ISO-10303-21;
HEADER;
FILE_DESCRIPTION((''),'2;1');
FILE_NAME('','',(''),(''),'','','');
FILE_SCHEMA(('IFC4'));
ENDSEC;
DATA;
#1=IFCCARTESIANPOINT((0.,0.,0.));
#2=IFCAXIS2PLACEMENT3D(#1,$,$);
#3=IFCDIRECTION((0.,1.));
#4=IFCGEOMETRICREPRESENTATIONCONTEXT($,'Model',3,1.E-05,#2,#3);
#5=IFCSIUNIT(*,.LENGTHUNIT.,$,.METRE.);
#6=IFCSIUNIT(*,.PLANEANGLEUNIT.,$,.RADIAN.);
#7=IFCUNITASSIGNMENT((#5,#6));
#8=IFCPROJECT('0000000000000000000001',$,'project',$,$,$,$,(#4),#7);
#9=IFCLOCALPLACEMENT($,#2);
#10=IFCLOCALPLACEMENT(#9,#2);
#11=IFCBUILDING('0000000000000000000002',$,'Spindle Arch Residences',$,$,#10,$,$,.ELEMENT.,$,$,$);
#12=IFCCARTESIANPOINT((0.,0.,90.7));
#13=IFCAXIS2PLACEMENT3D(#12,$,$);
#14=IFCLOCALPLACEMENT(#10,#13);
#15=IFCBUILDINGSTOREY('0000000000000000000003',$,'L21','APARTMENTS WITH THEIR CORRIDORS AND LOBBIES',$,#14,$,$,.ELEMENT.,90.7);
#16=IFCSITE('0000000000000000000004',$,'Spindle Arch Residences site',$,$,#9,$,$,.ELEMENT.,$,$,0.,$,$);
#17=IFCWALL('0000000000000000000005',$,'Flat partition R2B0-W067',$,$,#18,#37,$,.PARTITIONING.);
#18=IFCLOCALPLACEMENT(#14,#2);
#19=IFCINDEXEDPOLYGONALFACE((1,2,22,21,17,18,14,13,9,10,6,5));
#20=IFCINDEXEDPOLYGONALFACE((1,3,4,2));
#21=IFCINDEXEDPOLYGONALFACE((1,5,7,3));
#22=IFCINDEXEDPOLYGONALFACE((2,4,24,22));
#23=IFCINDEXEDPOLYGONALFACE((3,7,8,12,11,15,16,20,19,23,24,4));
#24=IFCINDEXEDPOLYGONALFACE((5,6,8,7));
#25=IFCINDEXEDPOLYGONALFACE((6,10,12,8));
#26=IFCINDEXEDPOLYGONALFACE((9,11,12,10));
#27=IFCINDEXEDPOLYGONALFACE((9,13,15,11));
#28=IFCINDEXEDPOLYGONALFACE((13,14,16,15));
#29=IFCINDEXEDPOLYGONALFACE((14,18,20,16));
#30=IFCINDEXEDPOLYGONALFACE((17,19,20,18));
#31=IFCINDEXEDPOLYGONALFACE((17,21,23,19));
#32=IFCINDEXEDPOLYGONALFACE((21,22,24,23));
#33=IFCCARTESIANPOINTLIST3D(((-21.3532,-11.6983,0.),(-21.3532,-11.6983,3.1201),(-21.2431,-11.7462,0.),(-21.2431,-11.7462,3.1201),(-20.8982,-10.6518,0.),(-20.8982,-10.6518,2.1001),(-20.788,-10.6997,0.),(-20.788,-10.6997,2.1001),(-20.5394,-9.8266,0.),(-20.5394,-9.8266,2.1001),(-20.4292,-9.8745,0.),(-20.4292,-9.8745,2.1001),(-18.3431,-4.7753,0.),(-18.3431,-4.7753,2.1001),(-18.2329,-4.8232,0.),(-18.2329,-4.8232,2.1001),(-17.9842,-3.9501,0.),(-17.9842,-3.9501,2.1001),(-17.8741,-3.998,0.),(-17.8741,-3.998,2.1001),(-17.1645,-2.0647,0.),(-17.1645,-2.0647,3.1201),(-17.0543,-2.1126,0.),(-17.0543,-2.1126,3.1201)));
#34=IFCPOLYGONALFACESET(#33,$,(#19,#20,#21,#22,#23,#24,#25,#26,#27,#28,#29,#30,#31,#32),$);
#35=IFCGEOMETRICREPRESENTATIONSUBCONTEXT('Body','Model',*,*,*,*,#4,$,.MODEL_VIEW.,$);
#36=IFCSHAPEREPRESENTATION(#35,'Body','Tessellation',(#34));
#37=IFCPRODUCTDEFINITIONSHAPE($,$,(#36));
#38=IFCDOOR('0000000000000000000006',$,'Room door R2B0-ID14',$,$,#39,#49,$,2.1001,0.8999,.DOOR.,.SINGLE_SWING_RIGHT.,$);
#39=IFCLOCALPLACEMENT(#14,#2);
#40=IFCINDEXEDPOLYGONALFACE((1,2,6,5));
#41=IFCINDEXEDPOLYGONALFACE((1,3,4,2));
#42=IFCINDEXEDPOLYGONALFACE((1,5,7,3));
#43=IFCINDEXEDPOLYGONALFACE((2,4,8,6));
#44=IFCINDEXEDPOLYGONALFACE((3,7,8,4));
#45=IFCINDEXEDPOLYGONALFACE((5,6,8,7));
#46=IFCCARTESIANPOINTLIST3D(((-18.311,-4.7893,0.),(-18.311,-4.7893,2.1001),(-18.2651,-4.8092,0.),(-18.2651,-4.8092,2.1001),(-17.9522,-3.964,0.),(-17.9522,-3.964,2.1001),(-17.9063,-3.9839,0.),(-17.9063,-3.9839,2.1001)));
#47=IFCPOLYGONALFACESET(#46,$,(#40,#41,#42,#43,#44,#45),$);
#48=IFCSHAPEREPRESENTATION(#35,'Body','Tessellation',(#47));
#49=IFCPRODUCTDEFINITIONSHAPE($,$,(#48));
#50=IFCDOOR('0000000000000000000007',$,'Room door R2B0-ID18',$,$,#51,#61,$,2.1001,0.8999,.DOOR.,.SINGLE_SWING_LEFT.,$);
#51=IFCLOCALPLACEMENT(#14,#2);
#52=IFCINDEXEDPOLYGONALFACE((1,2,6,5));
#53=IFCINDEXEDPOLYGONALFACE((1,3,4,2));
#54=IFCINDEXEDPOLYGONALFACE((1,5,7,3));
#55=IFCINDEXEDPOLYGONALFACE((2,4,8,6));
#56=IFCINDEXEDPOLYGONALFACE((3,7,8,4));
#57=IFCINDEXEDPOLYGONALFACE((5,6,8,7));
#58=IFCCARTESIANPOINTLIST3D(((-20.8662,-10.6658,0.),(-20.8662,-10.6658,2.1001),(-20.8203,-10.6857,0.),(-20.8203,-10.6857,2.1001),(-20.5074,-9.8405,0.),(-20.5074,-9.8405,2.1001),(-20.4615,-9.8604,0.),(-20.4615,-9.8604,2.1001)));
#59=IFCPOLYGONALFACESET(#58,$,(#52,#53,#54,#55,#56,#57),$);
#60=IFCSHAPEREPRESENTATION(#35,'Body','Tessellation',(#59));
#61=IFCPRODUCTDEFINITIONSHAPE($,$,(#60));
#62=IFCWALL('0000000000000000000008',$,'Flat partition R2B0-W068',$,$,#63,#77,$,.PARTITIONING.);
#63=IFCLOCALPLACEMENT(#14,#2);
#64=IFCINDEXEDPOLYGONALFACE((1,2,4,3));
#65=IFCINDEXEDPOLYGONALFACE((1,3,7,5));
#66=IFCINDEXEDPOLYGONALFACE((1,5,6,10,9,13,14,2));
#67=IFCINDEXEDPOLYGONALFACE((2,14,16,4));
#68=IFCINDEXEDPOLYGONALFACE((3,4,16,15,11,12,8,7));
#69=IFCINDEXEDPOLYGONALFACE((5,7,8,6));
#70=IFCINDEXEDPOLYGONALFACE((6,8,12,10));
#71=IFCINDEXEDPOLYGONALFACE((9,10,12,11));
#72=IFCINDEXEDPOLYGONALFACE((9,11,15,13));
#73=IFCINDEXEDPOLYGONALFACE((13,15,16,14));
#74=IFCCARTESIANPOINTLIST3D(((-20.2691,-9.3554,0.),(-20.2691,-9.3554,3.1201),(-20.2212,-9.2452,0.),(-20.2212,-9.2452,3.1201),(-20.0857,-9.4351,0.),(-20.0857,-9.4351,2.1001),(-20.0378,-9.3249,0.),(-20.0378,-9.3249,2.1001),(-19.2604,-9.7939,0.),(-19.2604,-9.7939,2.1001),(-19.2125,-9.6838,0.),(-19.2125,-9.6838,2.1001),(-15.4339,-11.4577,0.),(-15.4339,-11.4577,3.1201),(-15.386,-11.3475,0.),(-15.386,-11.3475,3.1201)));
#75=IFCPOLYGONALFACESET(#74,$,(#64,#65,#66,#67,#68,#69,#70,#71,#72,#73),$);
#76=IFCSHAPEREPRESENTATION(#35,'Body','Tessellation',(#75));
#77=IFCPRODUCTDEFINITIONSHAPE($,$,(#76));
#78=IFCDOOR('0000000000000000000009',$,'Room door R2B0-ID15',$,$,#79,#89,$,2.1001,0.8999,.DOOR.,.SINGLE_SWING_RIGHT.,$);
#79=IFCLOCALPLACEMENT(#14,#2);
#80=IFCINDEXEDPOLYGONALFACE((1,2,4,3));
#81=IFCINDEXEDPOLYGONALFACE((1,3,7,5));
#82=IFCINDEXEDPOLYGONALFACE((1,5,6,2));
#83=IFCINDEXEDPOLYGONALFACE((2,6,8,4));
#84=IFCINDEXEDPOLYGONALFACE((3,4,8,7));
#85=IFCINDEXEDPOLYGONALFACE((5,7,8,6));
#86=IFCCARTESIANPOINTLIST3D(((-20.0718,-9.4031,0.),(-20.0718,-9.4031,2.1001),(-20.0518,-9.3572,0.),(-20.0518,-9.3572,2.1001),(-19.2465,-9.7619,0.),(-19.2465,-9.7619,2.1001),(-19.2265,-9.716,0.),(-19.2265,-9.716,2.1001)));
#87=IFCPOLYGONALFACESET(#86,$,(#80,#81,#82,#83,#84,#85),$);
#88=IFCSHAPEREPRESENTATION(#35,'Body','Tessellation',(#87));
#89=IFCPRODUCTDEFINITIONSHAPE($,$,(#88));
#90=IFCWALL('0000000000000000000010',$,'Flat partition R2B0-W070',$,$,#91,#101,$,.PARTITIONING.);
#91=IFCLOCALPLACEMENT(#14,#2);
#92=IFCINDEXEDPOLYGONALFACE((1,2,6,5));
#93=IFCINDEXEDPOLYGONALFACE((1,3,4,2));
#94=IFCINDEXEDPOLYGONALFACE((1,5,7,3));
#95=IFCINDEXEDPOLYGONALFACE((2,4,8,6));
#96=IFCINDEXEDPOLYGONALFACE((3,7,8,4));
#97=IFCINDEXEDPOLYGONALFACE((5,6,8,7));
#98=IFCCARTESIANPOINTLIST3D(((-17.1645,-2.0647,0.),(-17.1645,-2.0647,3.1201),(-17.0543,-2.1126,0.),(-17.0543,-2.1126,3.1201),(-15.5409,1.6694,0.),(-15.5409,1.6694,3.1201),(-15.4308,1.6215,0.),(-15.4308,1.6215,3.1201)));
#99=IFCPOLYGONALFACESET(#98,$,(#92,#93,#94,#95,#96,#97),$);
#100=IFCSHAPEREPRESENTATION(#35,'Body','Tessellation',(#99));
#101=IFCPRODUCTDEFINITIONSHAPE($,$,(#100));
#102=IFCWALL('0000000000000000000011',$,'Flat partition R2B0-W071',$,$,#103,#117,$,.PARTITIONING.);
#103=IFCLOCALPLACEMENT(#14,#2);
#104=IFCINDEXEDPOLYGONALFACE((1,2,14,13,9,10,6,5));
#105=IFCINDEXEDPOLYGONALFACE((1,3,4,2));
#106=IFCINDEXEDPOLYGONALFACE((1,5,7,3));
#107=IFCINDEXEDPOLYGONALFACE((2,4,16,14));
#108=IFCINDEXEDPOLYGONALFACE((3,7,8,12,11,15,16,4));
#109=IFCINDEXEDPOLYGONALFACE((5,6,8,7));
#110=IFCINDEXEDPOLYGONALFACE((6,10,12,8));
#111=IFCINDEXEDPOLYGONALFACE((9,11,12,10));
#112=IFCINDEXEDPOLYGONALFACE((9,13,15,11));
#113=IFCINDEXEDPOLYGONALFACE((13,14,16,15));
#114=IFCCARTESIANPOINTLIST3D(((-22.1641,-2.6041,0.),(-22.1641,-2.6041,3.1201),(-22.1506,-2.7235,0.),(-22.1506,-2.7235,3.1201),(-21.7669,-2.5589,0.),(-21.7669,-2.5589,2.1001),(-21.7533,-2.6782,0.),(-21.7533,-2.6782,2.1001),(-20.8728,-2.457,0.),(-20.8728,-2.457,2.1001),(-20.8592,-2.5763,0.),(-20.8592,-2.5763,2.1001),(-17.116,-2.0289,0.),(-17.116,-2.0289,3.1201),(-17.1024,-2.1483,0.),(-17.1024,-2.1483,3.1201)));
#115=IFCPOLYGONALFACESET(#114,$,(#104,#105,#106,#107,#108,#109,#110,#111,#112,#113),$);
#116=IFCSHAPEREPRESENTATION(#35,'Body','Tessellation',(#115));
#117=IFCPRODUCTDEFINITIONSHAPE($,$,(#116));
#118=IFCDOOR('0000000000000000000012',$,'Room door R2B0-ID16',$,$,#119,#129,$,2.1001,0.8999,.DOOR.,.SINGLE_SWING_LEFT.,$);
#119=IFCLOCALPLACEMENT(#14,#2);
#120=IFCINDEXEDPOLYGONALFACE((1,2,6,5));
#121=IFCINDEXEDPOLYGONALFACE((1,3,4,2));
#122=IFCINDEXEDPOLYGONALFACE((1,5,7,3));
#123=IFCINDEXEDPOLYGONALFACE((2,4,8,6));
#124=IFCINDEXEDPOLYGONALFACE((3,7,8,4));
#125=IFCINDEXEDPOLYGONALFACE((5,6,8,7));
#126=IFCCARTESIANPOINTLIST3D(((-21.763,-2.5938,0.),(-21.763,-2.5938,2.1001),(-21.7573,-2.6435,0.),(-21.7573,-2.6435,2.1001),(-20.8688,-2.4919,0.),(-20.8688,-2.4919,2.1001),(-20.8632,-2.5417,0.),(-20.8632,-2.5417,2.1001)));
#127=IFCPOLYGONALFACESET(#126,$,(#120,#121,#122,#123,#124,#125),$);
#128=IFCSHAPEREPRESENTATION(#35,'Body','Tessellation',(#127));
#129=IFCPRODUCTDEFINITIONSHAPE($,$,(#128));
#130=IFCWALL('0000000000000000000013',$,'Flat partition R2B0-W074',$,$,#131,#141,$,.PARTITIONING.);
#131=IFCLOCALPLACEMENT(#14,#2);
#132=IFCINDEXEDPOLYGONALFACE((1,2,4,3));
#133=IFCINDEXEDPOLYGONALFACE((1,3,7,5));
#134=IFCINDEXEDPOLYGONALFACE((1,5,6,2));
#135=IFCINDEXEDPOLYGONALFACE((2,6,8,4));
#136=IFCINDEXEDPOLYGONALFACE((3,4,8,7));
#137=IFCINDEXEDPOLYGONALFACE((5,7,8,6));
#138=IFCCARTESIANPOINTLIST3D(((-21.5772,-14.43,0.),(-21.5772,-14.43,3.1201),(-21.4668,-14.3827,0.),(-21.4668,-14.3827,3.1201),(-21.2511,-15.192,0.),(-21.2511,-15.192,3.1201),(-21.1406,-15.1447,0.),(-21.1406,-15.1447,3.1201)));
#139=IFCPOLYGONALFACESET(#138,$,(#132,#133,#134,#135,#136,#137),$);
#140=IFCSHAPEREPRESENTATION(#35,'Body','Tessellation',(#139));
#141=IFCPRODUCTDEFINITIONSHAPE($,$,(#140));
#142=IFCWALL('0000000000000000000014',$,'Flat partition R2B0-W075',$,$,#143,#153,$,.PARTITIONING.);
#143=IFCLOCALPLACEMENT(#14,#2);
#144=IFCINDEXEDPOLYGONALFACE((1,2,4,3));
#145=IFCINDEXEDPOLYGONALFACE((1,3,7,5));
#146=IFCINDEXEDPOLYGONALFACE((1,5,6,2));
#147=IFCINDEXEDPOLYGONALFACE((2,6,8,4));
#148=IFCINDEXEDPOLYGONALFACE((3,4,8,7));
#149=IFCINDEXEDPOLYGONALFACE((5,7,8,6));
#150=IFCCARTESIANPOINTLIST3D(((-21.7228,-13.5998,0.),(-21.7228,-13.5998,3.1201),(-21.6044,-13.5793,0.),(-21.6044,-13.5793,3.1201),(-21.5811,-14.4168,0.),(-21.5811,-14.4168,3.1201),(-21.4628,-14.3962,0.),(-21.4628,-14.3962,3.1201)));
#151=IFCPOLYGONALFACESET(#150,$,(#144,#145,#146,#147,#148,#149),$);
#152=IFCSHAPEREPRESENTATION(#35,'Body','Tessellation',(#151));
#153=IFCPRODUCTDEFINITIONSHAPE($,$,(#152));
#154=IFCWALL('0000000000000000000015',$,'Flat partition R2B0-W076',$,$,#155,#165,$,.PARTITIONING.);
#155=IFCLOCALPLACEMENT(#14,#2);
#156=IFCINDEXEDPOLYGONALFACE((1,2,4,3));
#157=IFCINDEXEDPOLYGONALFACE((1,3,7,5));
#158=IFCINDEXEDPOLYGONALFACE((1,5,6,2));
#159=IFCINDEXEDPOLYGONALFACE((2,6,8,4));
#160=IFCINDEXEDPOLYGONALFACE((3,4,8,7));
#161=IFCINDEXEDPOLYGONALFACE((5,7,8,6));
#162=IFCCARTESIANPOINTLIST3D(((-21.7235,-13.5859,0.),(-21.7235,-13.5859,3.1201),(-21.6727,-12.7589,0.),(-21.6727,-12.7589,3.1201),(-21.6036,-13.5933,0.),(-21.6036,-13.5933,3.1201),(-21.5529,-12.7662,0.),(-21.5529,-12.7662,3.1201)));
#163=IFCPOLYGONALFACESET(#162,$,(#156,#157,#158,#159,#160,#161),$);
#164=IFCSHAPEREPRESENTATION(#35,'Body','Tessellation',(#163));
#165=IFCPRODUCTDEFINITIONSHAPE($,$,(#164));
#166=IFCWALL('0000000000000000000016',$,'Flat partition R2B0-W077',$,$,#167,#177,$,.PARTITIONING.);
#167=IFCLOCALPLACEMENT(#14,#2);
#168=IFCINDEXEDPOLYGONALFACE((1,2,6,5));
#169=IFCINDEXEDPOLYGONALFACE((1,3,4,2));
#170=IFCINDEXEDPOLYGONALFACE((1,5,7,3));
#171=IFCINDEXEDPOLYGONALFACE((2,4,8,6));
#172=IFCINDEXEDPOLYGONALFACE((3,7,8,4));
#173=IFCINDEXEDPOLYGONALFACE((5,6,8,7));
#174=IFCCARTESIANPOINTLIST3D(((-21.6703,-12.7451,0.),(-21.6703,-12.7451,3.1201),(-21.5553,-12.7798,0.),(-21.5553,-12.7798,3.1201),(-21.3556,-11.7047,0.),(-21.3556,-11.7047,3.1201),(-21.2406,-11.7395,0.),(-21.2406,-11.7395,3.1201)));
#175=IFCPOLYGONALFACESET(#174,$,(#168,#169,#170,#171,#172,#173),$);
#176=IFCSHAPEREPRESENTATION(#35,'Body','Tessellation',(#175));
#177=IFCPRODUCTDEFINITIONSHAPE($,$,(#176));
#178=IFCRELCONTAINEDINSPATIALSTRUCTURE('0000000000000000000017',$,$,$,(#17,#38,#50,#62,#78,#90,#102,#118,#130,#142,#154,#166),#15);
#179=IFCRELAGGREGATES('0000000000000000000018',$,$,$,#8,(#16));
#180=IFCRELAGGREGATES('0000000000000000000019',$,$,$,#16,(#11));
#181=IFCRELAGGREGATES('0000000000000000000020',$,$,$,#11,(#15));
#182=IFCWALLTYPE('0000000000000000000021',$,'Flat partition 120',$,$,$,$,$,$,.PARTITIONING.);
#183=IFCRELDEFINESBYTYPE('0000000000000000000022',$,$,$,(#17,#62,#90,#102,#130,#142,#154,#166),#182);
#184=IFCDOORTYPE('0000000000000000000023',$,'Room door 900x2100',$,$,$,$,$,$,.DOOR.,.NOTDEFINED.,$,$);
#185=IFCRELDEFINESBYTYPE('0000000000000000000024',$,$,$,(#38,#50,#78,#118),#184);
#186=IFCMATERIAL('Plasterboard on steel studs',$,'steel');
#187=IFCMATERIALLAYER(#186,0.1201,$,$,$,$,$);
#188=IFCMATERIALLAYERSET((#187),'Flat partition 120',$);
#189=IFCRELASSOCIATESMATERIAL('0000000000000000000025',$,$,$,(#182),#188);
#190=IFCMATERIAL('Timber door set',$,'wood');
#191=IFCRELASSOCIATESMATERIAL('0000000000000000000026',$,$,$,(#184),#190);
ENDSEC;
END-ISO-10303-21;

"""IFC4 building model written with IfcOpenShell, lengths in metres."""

from ifc_helpers import new_model, si_unit, direction, frame, frame_2d, origin, place, context, subcontext, project, spatial, rectangle, extrude, material, layer, layer_set, type_object, element, fill, save


model = new_model("IFC4")

# Units and contexts
model_context = context("Model", 3, precision=1e-05, world=origin(), true_north=direction((0.0, 1.0)))
body_context = subcontext(model_context, "Body", "Model", "MODEL_VIEW")
ifc_project = project(units=[si_unit("LENGTHUNIT", "METRE"), si_unit("PLANEANGLEUNIT", "RADIAN")], contexts=[model_context])

# Site, building, storey
site_placement = place(None, origin())
site = spatial("IfcSite", under=ifc_project, at=site_placement, Name="Spindle Arch Residences site", CompositionType="ELEMENT", RefElevation=0.0)
building_placement = place(site_placement, origin())
building = spatial("IfcBuilding", under=site, at=building_placement, Name="Spindle Arch Residences", CompositionType="ELEMENT")
storey_placement = place(building_placement, frame((0.0, 0.0, 90.7)))
storey = spatial("IfcBuildingStorey", under=building, at=storey_placement, Name="L21", Description="APARTMENTS WITH THEIR CORRIDORS AND LOBBIES", CompositionType="ELEMENT", Elevation=90.7)

# Wall, openings, doors
ifc_material_1 = material(Name="Plasterboard on steel studs", Category="steel")
ifc_layer_1 = layer(ifc_material_1, 0.1201)
ifc_layer_set_1 = layer_set([ifc_layer_1], Name="Flat partition 120")
wall_type_1 = type_object("IfcWallType", Name="Flat partition 120", PredefinedType="PARTITIONING", material=ifc_layer_set_1)
wall_1_placement = place(storey_placement, frame((-17.1094, -2.0886, 0.0), z_axis=(0.0, 0.0, 1.0), x_axis=(-0.398744, -0.917062, 0.0)))
wall_1 = element("IfcWall", 1, at=wall_1_placement, inside=storey, type_object=wall_type_1, Name="Flat partition R2B0-W067", PredefinedType="PARTITIONING", context=body_context, shape_type="SweptSolid", body=[
    extrude(rectangle(XDim=10.5049, YDim=0.1201, at=frame_2d((5.2524, 0.0))), origin(), (0.0, 0.0, 1.0), 3.1201),
])
opening_1_placement = place(wall_1_placement, frame((2.0559, 0.0, 0.0)))
opening_1 = element("IfcOpeningElement", 2, at=opening_1_placement, cuts=wall_1, PredefinedType="OPENING", context=body_context, shape_type="SweptSolid", body=[
    extrude(rectangle(XDim=0.8999, YDim=2.1001, at=frame_2d((0.45, 1.05))), frame((0.0, 0.0701, 0.0), z_axis=(0.0, -1.0, 0.0), x_axis=(1.0, 0.0, 0.0)), (0.0, 0.0, 1.0), 0.1401),
])
opening_2_placement = place(wall_1_placement, frame((8.4639, 0.0, 0.0)))
opening_2 = element("IfcOpeningElement", 3, at=opening_2_placement, cuts=wall_1, PredefinedType="OPENING", context=body_context, shape_type="SweptSolid", body=[
    extrude(rectangle(XDim=0.8999, YDim=2.1001, at=frame_2d((0.45, 1.05))), frame((0.0, 0.0701, 0.0), z_axis=(0.0, -1.0, 0.0), x_axis=(1.0, 0.0, 0.0)), (0.0, 0.0, 1.0), 0.1401),
])
ifc_material_2 = material(Name="Timber door set", Category="wood")
door_type = type_object("IfcDoorType", Name="Room door 900x2100", OperationType="NOTDEFINED", PredefinedType="DOOR", material=ifc_material_2)
door_1_placement = place(opening_1_placement, origin())
door_1 = element("IfcDoor", 4, at=door_1_placement, inside=storey, type_object=door_type, Name="Room door R2B0-ID14", OperationType="SINGLE_SWING_RIGHT", OverallHeight=2.1001, OverallWidth=0.8999, PredefinedType="DOOR", context=body_context, shape_type="SweptSolid", body=[
    extrude(rectangle(XDim=0.8999, YDim=2.1001, at=frame_2d((0.45, 1.05))), frame((0.0, 0.0249, 0.0), z_axis=(0.0, -1.0, 0.0), x_axis=(1.0, 0.0, 0.0)), (0.0, 0.0, 1.0), 0.05),
])
fill(opening_1, door_1)
door_2_placement = place(opening_2_placement, origin())
door_2 = element("IfcDoor", 5, at=door_2_placement, inside=storey, type_object=door_type, Name="Room door R2B0-ID18", OperationType="SINGLE_SWING_LEFT", OverallHeight=2.1001, OverallWidth=0.8999, PredefinedType="DOOR", context=body_context, shape_type="SweptSolid", body=[
    extrude(rectangle(XDim=0.8999, YDim=2.1001, at=frame_2d((0.45, 1.05))), frame((0.0, 0.0249, 0.0), z_axis=(0.0, -1.0, 0.0), x_axis=(1.0, 0.0, 0.0)), (0.0, 0.0, 1.0), 0.05),
])
fill(opening_2, door_2)

# Wall, opening, door
wall_2_placement = place(storey_placement, frame((-20.2451, -9.3003, 0.0), z_axis=(0.0, 0.0, 1.0), x_axis=(0.917068, -0.398731, 0.0)))
wall_2 = element("IfcWall", 6, at=wall_2_placement, inside=storey, type_object=wall_type_1, Name="Flat partition R2B0-W068", PredefinedType="PARTITIONING", context=body_context, shape_type="SweptSolid", body=[
    extrude(rectangle(XDim=5.2725, YDim=0.1201, at=frame_2d((2.6362, 0.0))), origin(), (0.0, 0.0, 1.0), 3.1201),
])
opening_3_placement = place(wall_2_placement, frame((0.2, 0.0, 0.0)))
opening_3 = element("IfcOpeningElement", 7, at=opening_3_placement, cuts=wall_2, PredefinedType="OPENING", context=body_context, shape_type="SweptSolid", body=[
    extrude(rectangle(XDim=0.8999, YDim=2.1001, at=frame_2d((0.45, 1.05))), frame((0.0, 0.0701, 0.0), z_axis=(0.0, -1.0, 0.0), x_axis=(1.0, 0.0, 0.0)), (0.0, 0.0, 1.0), 0.1401),
])
door_3_placement = place(opening_3_placement, origin())
door_3 = element("IfcDoor", 8, at=door_3_placement, inside=storey, type_object=door_type, Name="Room door R2B0-ID15", OperationType="SINGLE_SWING_RIGHT", OverallHeight=2.1001, OverallWidth=0.8999, PredefinedType="DOOR", context=body_context, shape_type="SweptSolid", body=[
    extrude(rectangle(XDim=0.8999, YDim=2.1001, at=frame_2d((0.45, 1.05))), frame((0.0, 0.0249, 0.0), z_axis=(0.0, -1.0, 0.0), x_axis=(1.0, 0.0, 0.0)), (0.0, 0.0, 1.0), 0.05),
])
fill(opening_3, door_3)

# Wall
wall_3_placement = place(storey_placement, frame((-17.1094, -2.0886, 0.0), z_axis=(0.0, 0.0, 1.0), x_axis=(0.398726, 0.91707, 0.0)))
element("IfcWall", 9, at=wall_3_placement, inside=storey, type_object=wall_type_1, Name="Flat partition R2B0-W070", PredefinedType="PARTITIONING", context=body_context, shape_type="SweptSolid", body=[
    extrude(rectangle(XDim=4.0718, YDim=0.1201, at=frame_2d((2.0359, 0.0))), origin(), (0.0, 0.0, 1.0), 3.1201),
])

# Wall, opening, door
wall_4_placement = place(storey_placement, frame((-22.1575, -2.6638, 0.0), z_axis=(0.0, 0.0, 1.0), x_axis=(0.993571, 0.11321, 0.0)))
wall_4 = element("IfcWall", 10, at=wall_4_placement, inside=storey, type_object=wall_type_1, Name="Flat partition R2B0-W071", PredefinedType="PARTITIONING", context=body_context, shape_type="SweptSolid", body=[
    extrude(rectangle(XDim=5.0808, YDim=0.1201, at=frame_2d((2.5405, 0.0))), origin(), (0.0, 0.0, 1.0), 3.1201),
])
opening_4_placement = place(wall_4_placement, frame((0.3999, 0.0, 0.0)))
opening_4 = element("IfcOpeningElement", 11, at=opening_4_placement, cuts=wall_4, PredefinedType="OPENING", context=body_context, shape_type="SweptSolid", body=[
    extrude(rectangle(XDim=0.8999, YDim=2.1001, at=frame_2d((0.45, 1.05))), frame((0.0, 0.0701, 0.0), z_axis=(0.0, -1.0, 0.0), x_axis=(1.0, 0.0, 0.0)), (0.0, 0.0, 1.0), 0.1401),
])
door_4_placement = place(opening_4_placement, origin())
door_4 = element("IfcDoor", 12, at=door_4_placement, inside=storey, type_object=door_type, Name="Room door R2B0-ID16", OperationType="SINGLE_SWING_LEFT", OverallHeight=2.1001, OverallWidth=0.8999, PredefinedType="DOOR", context=body_context, shape_type="SweptSolid", body=[
    extrude(rectangle(XDim=0.8999, YDim=2.1001, at=frame_2d((0.45, 1.05))), frame((0.0, 0.0249, 0.0), z_axis=(0.0, -1.0, 0.0), x_axis=(1.0, 0.0, 0.0)), (0.0, 0.0, 1.0), 0.05),
])
fill(opening_4, door_4)

# Walls
wall_5_placement = place(storey_placement, frame((-21.1958, -15.1685, 0.0), z_axis=(0.0, 0.0, 1.0), x_axis=(-0.393528, 0.919313, 0.0)))
element("IfcWall", 13, at=wall_5_placement, inside=storey, type_object=wall_type_1, Name="Flat partition R2B0-W074", PredefinedType="PARTITIONING", context=body_context, shape_type="SweptSolid", body=[
    extrude(rectangle(XDim=0.8289, YDim=0.1201, at=frame_2d((0.4146, 0.0))), origin(), (0.0, 0.0, 1.0), 3.1201),
])
wall_6_placement = place(storey_placement, frame((-21.522, -14.4065, 0.0), z_axis=(0.0, 0.0, 1.0), x_axis=(-0.170794, 0.985307, 0.0)))
element("IfcWall", 14, at=wall_6_placement, inside=storey, type_object=wall_type_1, Name="Flat partition R2B0-W075", PredefinedType="PARTITIONING", context=body_context, shape_type="SweptSolid", body=[
    extrude(rectangle(XDim=0.8291, YDim=0.1201, at=frame_2d((0.4146, 0.0))), origin(), (0.0, 0.0, 1.0), 3.1201),
])
wall_7_placement = place(storey_placement, frame((-21.6636, -13.5896, 0.0), z_axis=(0.0, 0.0, 1.0), x_axis=(0.061278, 0.998121, 0.0)))
element("IfcWall", 15, at=wall_7_placement, inside=storey, type_object=wall_type_1, Name="Flat partition R2B0-W076", PredefinedType="PARTITIONING", context=body_context, shape_type="SweptSolid", body=[
    extrude(rectangle(XDim=0.8286, YDim=0.1201, at=frame_2d((0.4143, 0.0))), origin(), (0.0, 0.0, 1.0), 3.1201),
])
wall_8_placement = place(storey_placement, frame((-21.6128, -12.7625, 0.0), z_axis=(0.0, 0.0, 1.0), x_axis=(0.289552, 0.957162, 0.0)))
element("IfcWall", 16, at=wall_8_placement, inside=storey, type_object=wall_type_1, Name="Flat partition R2B0-W077", PredefinedType="PARTITIONING", context=body_context, shape_type="SweptSolid", body=[
    extrude(rectangle(XDim=1.0869, YDim=0.1201, at=frame_2d((0.5435, 0.0))), origin(), (0.0, 0.0, 1.0), 3.1201),
])

save(model, "model.ifc")
